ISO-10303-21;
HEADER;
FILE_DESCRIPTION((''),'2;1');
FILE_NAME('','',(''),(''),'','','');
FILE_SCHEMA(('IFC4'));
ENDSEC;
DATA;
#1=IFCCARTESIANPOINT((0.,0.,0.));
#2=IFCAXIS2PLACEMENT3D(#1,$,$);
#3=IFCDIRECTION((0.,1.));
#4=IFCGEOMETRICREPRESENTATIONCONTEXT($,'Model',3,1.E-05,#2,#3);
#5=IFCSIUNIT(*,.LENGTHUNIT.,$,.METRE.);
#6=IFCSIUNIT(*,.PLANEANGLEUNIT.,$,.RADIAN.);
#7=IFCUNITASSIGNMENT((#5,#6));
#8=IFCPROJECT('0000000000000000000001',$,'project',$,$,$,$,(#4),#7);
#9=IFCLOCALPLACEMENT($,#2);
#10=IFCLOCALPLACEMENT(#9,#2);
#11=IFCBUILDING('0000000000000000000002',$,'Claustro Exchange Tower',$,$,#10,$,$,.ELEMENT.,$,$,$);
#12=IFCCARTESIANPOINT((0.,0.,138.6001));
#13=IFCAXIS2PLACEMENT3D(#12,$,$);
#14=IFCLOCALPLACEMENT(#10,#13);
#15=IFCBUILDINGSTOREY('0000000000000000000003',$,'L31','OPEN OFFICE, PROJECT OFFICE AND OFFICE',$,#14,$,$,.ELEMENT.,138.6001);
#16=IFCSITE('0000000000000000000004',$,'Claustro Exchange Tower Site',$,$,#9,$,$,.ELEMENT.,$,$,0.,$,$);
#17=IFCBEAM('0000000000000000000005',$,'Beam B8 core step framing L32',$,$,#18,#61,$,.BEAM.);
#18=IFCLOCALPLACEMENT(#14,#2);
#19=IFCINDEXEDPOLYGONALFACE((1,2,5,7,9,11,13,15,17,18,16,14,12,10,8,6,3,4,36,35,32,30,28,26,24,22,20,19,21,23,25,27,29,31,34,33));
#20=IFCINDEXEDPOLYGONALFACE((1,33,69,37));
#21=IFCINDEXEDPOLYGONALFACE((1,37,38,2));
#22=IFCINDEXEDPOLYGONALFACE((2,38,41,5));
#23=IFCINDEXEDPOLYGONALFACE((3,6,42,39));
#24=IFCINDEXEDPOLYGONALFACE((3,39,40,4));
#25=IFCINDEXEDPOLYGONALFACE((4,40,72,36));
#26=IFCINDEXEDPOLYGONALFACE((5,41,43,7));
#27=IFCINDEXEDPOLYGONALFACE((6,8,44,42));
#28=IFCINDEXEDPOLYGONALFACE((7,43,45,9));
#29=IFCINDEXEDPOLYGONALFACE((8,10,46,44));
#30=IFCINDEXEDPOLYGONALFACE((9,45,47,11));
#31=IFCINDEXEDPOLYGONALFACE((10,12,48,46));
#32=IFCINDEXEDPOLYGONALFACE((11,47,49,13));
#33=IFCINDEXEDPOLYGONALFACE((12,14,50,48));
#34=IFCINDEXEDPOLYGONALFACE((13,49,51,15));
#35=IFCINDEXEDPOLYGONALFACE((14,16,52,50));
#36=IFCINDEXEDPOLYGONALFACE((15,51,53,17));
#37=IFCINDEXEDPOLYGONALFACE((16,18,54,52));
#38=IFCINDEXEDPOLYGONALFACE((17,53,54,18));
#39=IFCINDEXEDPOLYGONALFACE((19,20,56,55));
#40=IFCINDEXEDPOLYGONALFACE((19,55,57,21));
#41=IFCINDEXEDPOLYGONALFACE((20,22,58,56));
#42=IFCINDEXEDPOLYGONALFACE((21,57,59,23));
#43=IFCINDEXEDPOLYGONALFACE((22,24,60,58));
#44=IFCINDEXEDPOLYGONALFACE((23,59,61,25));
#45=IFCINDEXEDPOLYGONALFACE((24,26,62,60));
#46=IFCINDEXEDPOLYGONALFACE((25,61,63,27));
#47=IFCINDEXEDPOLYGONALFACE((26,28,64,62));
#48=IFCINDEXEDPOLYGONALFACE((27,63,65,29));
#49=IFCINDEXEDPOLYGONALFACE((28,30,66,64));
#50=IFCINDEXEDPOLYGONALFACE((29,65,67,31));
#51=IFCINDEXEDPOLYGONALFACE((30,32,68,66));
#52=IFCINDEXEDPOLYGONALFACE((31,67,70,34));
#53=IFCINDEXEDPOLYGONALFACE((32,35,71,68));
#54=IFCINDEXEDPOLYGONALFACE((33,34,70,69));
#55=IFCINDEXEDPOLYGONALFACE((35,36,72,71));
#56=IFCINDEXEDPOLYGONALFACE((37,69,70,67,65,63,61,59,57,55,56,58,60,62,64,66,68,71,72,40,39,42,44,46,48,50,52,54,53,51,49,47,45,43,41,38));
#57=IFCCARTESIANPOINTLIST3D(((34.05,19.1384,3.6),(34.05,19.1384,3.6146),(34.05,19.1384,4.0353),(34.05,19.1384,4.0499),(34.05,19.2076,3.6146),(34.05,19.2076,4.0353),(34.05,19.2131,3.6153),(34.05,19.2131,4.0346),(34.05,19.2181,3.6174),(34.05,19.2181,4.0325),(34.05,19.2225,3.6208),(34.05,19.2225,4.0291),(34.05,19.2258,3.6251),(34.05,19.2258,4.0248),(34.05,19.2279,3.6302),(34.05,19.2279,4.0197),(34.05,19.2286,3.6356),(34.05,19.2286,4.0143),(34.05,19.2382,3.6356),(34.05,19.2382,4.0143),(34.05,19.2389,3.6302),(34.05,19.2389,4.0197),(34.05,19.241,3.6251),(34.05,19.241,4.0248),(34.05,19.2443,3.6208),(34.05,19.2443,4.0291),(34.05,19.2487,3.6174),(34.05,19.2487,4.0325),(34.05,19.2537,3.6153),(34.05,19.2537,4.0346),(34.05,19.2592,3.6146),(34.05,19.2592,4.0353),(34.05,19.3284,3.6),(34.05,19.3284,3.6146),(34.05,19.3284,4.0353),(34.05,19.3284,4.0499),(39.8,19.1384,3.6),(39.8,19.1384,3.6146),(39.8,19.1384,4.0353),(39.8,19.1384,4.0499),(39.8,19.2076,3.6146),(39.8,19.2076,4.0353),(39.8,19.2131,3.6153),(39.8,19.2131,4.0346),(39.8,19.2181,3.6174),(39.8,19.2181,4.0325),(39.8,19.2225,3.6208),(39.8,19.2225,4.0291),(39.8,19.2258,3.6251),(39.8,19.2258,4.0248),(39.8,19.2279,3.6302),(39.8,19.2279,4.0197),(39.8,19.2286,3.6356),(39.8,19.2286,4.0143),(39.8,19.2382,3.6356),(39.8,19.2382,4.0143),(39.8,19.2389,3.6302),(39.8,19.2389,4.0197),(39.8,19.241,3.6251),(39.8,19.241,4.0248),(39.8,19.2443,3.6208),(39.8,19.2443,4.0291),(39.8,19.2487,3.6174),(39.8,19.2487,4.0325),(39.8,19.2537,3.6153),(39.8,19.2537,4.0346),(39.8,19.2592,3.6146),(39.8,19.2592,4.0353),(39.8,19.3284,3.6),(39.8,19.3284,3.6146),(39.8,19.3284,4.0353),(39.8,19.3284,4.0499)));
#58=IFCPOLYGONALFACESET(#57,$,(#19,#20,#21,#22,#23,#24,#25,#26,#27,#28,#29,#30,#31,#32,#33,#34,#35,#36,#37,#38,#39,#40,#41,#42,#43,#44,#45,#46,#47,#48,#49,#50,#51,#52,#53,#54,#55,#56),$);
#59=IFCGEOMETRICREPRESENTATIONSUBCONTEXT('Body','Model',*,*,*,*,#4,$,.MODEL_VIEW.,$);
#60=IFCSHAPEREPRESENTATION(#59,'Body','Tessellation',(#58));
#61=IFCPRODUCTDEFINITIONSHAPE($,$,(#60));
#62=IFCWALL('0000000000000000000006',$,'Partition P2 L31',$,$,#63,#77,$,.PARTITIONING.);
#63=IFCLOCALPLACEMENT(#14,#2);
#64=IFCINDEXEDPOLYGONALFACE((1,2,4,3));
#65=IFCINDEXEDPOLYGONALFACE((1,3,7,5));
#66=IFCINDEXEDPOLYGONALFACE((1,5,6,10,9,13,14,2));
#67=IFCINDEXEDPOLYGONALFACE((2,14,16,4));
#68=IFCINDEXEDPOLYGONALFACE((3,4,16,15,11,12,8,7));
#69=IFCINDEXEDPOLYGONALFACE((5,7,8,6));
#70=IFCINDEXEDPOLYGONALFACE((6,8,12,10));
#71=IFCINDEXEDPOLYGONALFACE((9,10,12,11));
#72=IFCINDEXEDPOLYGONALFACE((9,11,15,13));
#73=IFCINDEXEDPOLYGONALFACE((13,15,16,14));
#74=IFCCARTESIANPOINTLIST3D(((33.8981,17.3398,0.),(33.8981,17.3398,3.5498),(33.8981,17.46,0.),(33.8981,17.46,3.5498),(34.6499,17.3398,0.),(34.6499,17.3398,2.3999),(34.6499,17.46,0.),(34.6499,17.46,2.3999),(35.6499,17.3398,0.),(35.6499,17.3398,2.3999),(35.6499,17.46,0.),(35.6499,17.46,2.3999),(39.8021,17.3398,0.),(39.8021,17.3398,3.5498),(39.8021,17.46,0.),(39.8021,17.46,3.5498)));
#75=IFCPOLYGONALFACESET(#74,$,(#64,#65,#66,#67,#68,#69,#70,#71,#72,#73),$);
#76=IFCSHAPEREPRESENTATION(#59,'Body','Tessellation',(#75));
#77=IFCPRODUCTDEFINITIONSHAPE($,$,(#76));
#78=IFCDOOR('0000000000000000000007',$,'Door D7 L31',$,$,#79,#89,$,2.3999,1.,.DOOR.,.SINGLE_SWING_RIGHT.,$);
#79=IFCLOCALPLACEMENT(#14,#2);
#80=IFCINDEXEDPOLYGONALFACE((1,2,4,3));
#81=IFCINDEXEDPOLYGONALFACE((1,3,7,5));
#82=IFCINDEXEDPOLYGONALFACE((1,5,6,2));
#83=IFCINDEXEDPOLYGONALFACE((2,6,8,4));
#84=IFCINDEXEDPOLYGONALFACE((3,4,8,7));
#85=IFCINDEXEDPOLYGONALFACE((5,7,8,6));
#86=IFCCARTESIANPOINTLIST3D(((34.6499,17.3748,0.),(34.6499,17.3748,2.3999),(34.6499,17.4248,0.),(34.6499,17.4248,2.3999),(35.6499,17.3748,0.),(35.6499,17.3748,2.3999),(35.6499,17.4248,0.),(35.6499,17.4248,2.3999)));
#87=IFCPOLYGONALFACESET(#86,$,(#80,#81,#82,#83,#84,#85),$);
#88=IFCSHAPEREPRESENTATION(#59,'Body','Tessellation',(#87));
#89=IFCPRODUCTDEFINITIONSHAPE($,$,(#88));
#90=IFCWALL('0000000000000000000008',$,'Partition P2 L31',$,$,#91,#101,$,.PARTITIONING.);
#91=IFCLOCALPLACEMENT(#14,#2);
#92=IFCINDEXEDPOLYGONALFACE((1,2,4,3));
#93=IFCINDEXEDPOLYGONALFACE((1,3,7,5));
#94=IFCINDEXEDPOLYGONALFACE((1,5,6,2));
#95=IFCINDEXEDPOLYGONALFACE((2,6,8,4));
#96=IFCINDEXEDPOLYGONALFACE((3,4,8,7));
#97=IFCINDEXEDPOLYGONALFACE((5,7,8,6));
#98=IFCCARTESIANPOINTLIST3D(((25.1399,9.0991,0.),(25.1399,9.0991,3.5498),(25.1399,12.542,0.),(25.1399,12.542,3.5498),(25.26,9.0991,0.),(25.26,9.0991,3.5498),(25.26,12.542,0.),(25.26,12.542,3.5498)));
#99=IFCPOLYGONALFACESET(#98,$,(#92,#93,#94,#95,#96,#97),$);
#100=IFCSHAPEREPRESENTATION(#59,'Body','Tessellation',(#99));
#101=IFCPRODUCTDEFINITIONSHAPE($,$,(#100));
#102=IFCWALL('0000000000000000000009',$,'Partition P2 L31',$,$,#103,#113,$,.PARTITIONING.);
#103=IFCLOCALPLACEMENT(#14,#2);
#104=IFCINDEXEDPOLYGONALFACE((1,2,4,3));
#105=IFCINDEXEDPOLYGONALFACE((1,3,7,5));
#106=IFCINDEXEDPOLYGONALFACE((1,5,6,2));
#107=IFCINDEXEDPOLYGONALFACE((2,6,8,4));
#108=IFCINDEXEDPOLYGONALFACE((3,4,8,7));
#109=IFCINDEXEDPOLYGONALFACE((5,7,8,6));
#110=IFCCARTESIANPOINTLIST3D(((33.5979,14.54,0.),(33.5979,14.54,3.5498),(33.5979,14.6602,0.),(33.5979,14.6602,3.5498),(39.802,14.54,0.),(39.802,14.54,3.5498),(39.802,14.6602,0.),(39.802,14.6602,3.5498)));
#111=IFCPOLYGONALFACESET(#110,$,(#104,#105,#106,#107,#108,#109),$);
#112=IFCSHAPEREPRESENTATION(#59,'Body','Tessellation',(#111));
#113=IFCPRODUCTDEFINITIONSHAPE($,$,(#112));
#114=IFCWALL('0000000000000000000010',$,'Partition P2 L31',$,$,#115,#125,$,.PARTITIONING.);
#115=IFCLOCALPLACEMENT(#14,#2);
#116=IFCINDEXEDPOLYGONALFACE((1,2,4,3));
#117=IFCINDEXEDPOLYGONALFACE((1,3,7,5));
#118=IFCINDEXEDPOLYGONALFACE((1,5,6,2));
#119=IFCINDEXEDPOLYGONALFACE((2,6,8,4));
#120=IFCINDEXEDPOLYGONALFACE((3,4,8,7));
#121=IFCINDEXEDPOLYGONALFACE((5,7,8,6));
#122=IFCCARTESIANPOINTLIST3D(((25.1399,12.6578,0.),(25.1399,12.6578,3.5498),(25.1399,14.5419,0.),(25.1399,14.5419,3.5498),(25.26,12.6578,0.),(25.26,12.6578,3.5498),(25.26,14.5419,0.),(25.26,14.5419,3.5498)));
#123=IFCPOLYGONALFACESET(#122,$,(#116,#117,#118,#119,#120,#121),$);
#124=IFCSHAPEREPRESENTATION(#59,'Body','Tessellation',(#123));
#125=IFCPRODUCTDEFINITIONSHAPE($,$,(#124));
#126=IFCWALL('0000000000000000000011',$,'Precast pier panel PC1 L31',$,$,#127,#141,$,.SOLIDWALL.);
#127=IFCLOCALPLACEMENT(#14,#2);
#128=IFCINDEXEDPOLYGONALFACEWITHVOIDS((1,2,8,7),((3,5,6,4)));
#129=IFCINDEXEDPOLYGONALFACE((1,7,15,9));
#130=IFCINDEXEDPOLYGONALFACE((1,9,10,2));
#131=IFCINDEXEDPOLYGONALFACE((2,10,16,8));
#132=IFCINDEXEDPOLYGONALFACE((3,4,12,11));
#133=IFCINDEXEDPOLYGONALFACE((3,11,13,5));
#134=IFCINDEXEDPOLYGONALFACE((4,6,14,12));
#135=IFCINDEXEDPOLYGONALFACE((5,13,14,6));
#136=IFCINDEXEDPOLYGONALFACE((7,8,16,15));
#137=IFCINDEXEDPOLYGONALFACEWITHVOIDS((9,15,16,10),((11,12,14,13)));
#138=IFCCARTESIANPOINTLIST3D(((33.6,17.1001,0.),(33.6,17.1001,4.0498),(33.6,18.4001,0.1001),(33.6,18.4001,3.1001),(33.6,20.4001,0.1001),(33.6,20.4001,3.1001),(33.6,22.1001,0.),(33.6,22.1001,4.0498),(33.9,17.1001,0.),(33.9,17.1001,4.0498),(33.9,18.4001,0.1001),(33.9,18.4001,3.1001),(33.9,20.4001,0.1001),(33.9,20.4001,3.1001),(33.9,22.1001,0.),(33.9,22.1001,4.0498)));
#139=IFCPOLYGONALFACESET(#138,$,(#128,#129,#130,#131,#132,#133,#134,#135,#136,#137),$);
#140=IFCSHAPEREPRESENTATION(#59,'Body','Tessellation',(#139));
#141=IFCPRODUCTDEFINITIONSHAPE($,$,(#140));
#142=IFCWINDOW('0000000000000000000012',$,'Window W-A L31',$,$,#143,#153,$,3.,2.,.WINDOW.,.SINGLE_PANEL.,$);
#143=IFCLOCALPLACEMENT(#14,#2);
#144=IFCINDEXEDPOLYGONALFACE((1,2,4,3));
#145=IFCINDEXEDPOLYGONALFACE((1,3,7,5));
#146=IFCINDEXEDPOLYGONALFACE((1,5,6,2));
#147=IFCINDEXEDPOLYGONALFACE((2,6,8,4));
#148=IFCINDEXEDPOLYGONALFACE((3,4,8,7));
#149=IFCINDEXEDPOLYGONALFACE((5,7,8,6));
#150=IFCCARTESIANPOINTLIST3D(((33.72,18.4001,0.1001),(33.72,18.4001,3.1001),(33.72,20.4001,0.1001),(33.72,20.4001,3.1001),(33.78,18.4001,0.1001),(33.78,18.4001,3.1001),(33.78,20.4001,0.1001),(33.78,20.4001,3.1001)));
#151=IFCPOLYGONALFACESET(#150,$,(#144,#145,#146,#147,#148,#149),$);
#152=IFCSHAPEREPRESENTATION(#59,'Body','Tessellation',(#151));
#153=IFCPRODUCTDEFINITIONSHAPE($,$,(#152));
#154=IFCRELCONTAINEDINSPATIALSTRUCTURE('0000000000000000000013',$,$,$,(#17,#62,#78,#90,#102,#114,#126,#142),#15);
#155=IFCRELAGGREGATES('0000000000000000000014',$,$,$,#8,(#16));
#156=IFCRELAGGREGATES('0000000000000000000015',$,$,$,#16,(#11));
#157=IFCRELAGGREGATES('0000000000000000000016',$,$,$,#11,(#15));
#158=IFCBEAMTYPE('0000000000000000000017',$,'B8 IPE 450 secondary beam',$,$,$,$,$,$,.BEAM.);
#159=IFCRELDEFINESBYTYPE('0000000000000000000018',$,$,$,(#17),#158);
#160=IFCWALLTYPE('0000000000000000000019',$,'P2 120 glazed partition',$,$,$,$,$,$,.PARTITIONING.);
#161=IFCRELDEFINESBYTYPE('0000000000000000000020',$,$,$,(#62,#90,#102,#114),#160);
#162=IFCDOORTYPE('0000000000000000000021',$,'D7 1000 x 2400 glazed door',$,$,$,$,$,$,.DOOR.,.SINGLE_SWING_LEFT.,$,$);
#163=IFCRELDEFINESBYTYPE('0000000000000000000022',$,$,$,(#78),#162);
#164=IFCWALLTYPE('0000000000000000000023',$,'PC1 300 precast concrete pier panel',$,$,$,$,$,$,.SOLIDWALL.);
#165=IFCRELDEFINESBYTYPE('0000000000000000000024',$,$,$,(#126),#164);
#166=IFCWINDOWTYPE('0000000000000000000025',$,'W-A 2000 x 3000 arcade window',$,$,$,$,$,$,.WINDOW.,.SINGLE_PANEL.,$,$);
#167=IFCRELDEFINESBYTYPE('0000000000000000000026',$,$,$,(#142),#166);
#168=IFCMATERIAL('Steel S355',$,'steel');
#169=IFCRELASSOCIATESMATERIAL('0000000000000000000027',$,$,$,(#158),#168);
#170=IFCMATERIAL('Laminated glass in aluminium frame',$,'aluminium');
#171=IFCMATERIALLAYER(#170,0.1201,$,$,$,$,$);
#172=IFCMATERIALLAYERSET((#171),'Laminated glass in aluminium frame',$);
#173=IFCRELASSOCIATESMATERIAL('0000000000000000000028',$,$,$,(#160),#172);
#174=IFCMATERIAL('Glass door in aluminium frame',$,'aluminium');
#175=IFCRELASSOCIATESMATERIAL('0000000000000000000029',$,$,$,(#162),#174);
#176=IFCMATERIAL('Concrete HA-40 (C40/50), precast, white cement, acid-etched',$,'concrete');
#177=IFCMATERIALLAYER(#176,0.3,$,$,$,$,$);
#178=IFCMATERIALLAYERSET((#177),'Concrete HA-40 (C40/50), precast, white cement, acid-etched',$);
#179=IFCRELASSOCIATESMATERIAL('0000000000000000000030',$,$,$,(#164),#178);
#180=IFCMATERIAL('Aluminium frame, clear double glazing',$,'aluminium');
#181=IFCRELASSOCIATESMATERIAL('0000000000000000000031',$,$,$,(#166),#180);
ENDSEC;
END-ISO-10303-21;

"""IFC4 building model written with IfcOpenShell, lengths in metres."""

from ifc_helpers import new_model, si_unit, direction, frame, frame_2d, origin, origin_2d, place, context, subcontext, project, spatial, rectangle, i_section, extrude, material, layer, layer_set, material_profile, profile_set, type_object, element, fill, save


model = new_model("IFC4")

# Units and contexts
model_context = context("Model", 3, precision=1e-05, world=origin(), true_north=direction((0.0, 1.0)))
body_context = subcontext(model_context, "Body", "Model", "MODEL_VIEW")
ifc_project = project(units=[si_unit("LENGTHUNIT", "METRE"), si_unit("PLANEANGLEUNIT", "RADIAN")], contexts=[model_context])

# Site, building, storey
site_placement = place(None, origin())
site = spatial("IfcSite", under=ifc_project, at=site_placement, Name="Claustro Exchange Tower Site", CompositionType="ELEMENT", RefElevation=0.0)
building_placement = place(site_placement, origin())
building = spatial("IfcBuilding", under=site, at=building_placement, Name="Claustro Exchange Tower", CompositionType="ELEMENT")
storey_placement = place(building_placement, frame((0.0, 0.0, 138.6001)))
storey = spatial("IfcBuildingStorey", under=building, at=storey_placement, Name="L31", Description="OPEN OFFICE, PROJECT OFFICE AND OFFICE", CompositionType="ELEMENT", Elevation=138.6001)

# Beam
ifc_material_1 = material(Name="Steel S355", Category="steel")
ifc_material_profile_1 = material_profile(ifc_material_1, i_section(OverallWidth=0.1899, OverallDepth=0.45, WebThickness=0.0095, FlangeThickness=0.0146, FilletRadius=0.021, at=origin_2d()), Name="IPE 450")
ifc_profile_set_1 = profile_set([ifc_material_profile_1], Name="Steel S355")
beam_type_1 = type_object("IfcBeamType", Name="B8 IPE 450 secondary beam", PredefinedType="BEAM", material=ifc_profile_set_1)
for number, where, z_axis, x_axis, name in (
    (1, (34.05, 19.2334, 3.825), (1.0, 0.0, 0.0), (0.0, 1.0, 0.0), "Beam B8 core step framing L32"),
):
    element("IfcBeam", number, at=place(storey_placement, frame(where, z_axis=z_axis, x_axis=x_axis)), inside=storey, type_object=beam_type_1, Name=name, PredefinedType="BEAM", context=body_context, shape_type="SweptSolid", body=[
        extrude(i_section(OverallWidth=0.1899, OverallDepth=0.45, WebThickness=0.0095, FlangeThickness=0.0146, FilletRadius=0.021, at=origin_2d()), origin(), (0.0, 0.0, 1.0), 5.75),
    ])

# Wall, opening, door
ifc_material_2 = material(Name="Laminated glass in aluminium frame", Category="aluminium")
ifc_layer_1 = layer(ifc_material_2, 0.1201)
ifc_layer_set_1 = layer_set([ifc_layer_1], Name="Laminated glass in aluminium frame")
wall_type_1 = type_object("IfcWallType", Name="P2 120 glazed partition", PredefinedType="PARTITIONING", material=ifc_layer_set_1)
wall_1_placement = place(storey_placement, frame((33.8979, 17.3999, 0.0), z_axis=(0.0, 0.0, 1.0), x_axis=(1.0, 0.0, 0.0)))
wall_1 = element("IfcWall", 2, at=wall_1_placement, inside=storey, type_object=wall_type_1, Name="Partition P2 L31", PredefinedType="PARTITIONING", context=body_context, shape_type="SweptSolid", body=[
    extrude(rectangle(XDim=5.9041, YDim=0.1201, at=frame_2d((2.9521, 0.0))), origin(), (0.0, 0.0, 1.0), 3.5498),
])
opening_1_placement = place(wall_1_placement, frame((0.752, 0.0, 0.0)))
opening_1 = element("IfcOpeningElement", 3, at=opening_1_placement, cuts=wall_1, PredefinedType="OPENING", context=body_context, shape_type="SweptSolid", body=[
    extrude(rectangle(XDim=1.0, YDim=2.3999, at=frame_2d((0.5, 1.2))), frame((0.0, 0.0701, 0.0), z_axis=(0.0, -1.0, 0.0), x_axis=(1.0, 0.0, 0.0)), (0.0, 0.0, 1.0), 0.1401),
])
ifc_material_3 = material(Name="Glass door in aluminium frame", Category="aluminium")
door_type_1 = type_object("IfcDoorType", Name="D7 1000 x 2400 glazed door", OperationType="SINGLE_SWING_LEFT", PredefinedType="DOOR", material=ifc_material_3)
door_1_placement = place(opening_1_placement, origin())
door_1 = element("IfcDoor", 4, at=door_1_placement, inside=storey, type_object=door_type_1, Name="Door D7 L31", OperationType="SINGLE_SWING_RIGHT", OverallHeight=2.3999, OverallWidth=1.0, PredefinedType="DOOR", context=body_context, shape_type="SweptSolid", body=[
    extrude(rectangle(XDim=1.0, YDim=2.3999, at=frame_2d((0.5, 1.2))), frame((0.0, 0.0249, 0.0), z_axis=(0.0, -1.0, 0.0), x_axis=(1.0, 0.0, 0.0)), (0.0, 0.0, 1.0), 0.05),
])
fill(opening_1, door_1)

# Walls
wall_2_placement = place(storey_placement, frame((25.2, 9.0991, 0.0), z_axis=(0.0, 0.0, 1.0), x_axis=(0.0, 1.0, 0.0)))
element("IfcWall", 5, at=wall_2_placement, inside=storey, type_object=wall_type_1, Name="Partition P2 L31", PredefinedType="PARTITIONING", context=body_context, shape_type="SweptSolid", body=[
    extrude(rectangle(XDim=3.4429, YDim=0.1201, at=frame_2d((1.7214, 0.0))), origin(), (0.0, 0.0, 1.0), 3.5498),
])
wall_3_placement = place(storey_placement, frame((33.5979, 14.6001, 0.0), z_axis=(0.0, 0.0, 1.0), x_axis=(1.0, 0.0, 0.0)))
element("IfcWall", 6, at=wall_3_placement, inside=storey, type_object=wall_type_1, Name="Partition P2 L31", PredefinedType="PARTITIONING", context=body_context, shape_type="SweptSolid", body=[
    extrude(rectangle(XDim=6.2041, YDim=0.1201, at=frame_2d((3.1021, 0.0))), origin(), (0.0, 0.0, 1.0), 3.5498),
])
wall_4_placement = place(storey_placement, frame((25.2, 12.658, 0.0), z_axis=(0.0, 0.0, 1.0), x_axis=(0.0, 1.0, 0.0)))
element("IfcWall", 7, at=wall_4_placement, inside=storey, type_object=wall_type_1, Name="Partition P2 L31", PredefinedType="PARTITIONING", context=body_context, shape_type="SweptSolid", body=[
    extrude(rectangle(XDim=1.884, YDim=0.1201, at=frame_2d((0.9419, 0.0))), origin(), (0.0, 0.0, 1.0), 3.5498),
])

# Wall, opening, window
ifc_material_4 = material(Name="Concrete HA-40 (C40/50), precast, white cement, acid-etched", Category="concrete")
ifc_layer_2 = layer(ifc_material_4, 0.3)
ifc_layer_set_2 = layer_set([ifc_layer_2], Name="Concrete HA-40 (C40/50), precast, white cement, acid-etched")
wall_type_2 = type_object("IfcWallType", Name="PC1 300 precast concrete pier panel", PredefinedType="SOLIDWALL", material=ifc_layer_set_2)
wall_5_placement = place(storey_placement, frame((33.75, 17.1001, 0.0), z_axis=(0.0, 0.0, 1.0), x_axis=(0.0, 1.0, 0.0)))
wall_5 = element("IfcWall", 8, at=wall_5_placement, inside=storey, type_object=wall_type_2, Name="Precast pier panel PC1 L31", PredefinedType="SOLIDWALL", context=body_context, shape_type="SweptSolid", body=[
    extrude(rectangle(XDim=5.0, YDim=0.3, at=frame_2d((2.5, 0.0))), origin(), (0.0, 0.0, 1.0), 4.0498),
])
opening_2_placement = place(wall_5_placement, frame((1.3, 0.0, 0.1001)))
opening_2 = element("IfcOpeningElement", 9, at=opening_2_placement, cuts=wall_5, PredefinedType="OPENING", context=body_context, shape_type="SweptSolid", body=[
    extrude(rectangle(XDim=2.0, YDim=3.0, at=frame_2d((1.0, 1.5))), frame((0.0, 0.1599, 0.0), z_axis=(0.0, -1.0, 0.0), x_axis=(1.0, 0.0, 0.0)), (0.0, 0.0, 1.0), 0.3201),
])
ifc_material_5 = material(Name="Aluminium frame, clear double glazing", Category="aluminium")
window_type = type_object("IfcWindowType", Name="W-A 2000 x 3000 arcade window", PartitioningType="SINGLE_PANEL", PredefinedType="WINDOW", material=ifc_material_5)
window_1_placement = place(opening_2_placement, origin())
window_1 = element("IfcWindow", 10, at=window_1_placement, inside=storey, type_object=window_type, Name="Window W-A L31", OverallHeight=3.0, OverallWidth=2.0, PartitioningType="SINGLE_PANEL", PredefinedType="WINDOW", context=body_context, shape_type="SweptSolid", body=[
    extrude(rectangle(XDim=2.0, YDim=3.0, at=frame_2d((1.0, 1.5))), frame((0.0, 0.03, 0.0), z_axis=(0.0, -1.0, 0.0), x_axis=(1.0, 0.0, 0.0)), (0.0, 0.0, 1.0), 0.0601),
])
fill(opening_2, window_1)

save(model, "model.ifc")
